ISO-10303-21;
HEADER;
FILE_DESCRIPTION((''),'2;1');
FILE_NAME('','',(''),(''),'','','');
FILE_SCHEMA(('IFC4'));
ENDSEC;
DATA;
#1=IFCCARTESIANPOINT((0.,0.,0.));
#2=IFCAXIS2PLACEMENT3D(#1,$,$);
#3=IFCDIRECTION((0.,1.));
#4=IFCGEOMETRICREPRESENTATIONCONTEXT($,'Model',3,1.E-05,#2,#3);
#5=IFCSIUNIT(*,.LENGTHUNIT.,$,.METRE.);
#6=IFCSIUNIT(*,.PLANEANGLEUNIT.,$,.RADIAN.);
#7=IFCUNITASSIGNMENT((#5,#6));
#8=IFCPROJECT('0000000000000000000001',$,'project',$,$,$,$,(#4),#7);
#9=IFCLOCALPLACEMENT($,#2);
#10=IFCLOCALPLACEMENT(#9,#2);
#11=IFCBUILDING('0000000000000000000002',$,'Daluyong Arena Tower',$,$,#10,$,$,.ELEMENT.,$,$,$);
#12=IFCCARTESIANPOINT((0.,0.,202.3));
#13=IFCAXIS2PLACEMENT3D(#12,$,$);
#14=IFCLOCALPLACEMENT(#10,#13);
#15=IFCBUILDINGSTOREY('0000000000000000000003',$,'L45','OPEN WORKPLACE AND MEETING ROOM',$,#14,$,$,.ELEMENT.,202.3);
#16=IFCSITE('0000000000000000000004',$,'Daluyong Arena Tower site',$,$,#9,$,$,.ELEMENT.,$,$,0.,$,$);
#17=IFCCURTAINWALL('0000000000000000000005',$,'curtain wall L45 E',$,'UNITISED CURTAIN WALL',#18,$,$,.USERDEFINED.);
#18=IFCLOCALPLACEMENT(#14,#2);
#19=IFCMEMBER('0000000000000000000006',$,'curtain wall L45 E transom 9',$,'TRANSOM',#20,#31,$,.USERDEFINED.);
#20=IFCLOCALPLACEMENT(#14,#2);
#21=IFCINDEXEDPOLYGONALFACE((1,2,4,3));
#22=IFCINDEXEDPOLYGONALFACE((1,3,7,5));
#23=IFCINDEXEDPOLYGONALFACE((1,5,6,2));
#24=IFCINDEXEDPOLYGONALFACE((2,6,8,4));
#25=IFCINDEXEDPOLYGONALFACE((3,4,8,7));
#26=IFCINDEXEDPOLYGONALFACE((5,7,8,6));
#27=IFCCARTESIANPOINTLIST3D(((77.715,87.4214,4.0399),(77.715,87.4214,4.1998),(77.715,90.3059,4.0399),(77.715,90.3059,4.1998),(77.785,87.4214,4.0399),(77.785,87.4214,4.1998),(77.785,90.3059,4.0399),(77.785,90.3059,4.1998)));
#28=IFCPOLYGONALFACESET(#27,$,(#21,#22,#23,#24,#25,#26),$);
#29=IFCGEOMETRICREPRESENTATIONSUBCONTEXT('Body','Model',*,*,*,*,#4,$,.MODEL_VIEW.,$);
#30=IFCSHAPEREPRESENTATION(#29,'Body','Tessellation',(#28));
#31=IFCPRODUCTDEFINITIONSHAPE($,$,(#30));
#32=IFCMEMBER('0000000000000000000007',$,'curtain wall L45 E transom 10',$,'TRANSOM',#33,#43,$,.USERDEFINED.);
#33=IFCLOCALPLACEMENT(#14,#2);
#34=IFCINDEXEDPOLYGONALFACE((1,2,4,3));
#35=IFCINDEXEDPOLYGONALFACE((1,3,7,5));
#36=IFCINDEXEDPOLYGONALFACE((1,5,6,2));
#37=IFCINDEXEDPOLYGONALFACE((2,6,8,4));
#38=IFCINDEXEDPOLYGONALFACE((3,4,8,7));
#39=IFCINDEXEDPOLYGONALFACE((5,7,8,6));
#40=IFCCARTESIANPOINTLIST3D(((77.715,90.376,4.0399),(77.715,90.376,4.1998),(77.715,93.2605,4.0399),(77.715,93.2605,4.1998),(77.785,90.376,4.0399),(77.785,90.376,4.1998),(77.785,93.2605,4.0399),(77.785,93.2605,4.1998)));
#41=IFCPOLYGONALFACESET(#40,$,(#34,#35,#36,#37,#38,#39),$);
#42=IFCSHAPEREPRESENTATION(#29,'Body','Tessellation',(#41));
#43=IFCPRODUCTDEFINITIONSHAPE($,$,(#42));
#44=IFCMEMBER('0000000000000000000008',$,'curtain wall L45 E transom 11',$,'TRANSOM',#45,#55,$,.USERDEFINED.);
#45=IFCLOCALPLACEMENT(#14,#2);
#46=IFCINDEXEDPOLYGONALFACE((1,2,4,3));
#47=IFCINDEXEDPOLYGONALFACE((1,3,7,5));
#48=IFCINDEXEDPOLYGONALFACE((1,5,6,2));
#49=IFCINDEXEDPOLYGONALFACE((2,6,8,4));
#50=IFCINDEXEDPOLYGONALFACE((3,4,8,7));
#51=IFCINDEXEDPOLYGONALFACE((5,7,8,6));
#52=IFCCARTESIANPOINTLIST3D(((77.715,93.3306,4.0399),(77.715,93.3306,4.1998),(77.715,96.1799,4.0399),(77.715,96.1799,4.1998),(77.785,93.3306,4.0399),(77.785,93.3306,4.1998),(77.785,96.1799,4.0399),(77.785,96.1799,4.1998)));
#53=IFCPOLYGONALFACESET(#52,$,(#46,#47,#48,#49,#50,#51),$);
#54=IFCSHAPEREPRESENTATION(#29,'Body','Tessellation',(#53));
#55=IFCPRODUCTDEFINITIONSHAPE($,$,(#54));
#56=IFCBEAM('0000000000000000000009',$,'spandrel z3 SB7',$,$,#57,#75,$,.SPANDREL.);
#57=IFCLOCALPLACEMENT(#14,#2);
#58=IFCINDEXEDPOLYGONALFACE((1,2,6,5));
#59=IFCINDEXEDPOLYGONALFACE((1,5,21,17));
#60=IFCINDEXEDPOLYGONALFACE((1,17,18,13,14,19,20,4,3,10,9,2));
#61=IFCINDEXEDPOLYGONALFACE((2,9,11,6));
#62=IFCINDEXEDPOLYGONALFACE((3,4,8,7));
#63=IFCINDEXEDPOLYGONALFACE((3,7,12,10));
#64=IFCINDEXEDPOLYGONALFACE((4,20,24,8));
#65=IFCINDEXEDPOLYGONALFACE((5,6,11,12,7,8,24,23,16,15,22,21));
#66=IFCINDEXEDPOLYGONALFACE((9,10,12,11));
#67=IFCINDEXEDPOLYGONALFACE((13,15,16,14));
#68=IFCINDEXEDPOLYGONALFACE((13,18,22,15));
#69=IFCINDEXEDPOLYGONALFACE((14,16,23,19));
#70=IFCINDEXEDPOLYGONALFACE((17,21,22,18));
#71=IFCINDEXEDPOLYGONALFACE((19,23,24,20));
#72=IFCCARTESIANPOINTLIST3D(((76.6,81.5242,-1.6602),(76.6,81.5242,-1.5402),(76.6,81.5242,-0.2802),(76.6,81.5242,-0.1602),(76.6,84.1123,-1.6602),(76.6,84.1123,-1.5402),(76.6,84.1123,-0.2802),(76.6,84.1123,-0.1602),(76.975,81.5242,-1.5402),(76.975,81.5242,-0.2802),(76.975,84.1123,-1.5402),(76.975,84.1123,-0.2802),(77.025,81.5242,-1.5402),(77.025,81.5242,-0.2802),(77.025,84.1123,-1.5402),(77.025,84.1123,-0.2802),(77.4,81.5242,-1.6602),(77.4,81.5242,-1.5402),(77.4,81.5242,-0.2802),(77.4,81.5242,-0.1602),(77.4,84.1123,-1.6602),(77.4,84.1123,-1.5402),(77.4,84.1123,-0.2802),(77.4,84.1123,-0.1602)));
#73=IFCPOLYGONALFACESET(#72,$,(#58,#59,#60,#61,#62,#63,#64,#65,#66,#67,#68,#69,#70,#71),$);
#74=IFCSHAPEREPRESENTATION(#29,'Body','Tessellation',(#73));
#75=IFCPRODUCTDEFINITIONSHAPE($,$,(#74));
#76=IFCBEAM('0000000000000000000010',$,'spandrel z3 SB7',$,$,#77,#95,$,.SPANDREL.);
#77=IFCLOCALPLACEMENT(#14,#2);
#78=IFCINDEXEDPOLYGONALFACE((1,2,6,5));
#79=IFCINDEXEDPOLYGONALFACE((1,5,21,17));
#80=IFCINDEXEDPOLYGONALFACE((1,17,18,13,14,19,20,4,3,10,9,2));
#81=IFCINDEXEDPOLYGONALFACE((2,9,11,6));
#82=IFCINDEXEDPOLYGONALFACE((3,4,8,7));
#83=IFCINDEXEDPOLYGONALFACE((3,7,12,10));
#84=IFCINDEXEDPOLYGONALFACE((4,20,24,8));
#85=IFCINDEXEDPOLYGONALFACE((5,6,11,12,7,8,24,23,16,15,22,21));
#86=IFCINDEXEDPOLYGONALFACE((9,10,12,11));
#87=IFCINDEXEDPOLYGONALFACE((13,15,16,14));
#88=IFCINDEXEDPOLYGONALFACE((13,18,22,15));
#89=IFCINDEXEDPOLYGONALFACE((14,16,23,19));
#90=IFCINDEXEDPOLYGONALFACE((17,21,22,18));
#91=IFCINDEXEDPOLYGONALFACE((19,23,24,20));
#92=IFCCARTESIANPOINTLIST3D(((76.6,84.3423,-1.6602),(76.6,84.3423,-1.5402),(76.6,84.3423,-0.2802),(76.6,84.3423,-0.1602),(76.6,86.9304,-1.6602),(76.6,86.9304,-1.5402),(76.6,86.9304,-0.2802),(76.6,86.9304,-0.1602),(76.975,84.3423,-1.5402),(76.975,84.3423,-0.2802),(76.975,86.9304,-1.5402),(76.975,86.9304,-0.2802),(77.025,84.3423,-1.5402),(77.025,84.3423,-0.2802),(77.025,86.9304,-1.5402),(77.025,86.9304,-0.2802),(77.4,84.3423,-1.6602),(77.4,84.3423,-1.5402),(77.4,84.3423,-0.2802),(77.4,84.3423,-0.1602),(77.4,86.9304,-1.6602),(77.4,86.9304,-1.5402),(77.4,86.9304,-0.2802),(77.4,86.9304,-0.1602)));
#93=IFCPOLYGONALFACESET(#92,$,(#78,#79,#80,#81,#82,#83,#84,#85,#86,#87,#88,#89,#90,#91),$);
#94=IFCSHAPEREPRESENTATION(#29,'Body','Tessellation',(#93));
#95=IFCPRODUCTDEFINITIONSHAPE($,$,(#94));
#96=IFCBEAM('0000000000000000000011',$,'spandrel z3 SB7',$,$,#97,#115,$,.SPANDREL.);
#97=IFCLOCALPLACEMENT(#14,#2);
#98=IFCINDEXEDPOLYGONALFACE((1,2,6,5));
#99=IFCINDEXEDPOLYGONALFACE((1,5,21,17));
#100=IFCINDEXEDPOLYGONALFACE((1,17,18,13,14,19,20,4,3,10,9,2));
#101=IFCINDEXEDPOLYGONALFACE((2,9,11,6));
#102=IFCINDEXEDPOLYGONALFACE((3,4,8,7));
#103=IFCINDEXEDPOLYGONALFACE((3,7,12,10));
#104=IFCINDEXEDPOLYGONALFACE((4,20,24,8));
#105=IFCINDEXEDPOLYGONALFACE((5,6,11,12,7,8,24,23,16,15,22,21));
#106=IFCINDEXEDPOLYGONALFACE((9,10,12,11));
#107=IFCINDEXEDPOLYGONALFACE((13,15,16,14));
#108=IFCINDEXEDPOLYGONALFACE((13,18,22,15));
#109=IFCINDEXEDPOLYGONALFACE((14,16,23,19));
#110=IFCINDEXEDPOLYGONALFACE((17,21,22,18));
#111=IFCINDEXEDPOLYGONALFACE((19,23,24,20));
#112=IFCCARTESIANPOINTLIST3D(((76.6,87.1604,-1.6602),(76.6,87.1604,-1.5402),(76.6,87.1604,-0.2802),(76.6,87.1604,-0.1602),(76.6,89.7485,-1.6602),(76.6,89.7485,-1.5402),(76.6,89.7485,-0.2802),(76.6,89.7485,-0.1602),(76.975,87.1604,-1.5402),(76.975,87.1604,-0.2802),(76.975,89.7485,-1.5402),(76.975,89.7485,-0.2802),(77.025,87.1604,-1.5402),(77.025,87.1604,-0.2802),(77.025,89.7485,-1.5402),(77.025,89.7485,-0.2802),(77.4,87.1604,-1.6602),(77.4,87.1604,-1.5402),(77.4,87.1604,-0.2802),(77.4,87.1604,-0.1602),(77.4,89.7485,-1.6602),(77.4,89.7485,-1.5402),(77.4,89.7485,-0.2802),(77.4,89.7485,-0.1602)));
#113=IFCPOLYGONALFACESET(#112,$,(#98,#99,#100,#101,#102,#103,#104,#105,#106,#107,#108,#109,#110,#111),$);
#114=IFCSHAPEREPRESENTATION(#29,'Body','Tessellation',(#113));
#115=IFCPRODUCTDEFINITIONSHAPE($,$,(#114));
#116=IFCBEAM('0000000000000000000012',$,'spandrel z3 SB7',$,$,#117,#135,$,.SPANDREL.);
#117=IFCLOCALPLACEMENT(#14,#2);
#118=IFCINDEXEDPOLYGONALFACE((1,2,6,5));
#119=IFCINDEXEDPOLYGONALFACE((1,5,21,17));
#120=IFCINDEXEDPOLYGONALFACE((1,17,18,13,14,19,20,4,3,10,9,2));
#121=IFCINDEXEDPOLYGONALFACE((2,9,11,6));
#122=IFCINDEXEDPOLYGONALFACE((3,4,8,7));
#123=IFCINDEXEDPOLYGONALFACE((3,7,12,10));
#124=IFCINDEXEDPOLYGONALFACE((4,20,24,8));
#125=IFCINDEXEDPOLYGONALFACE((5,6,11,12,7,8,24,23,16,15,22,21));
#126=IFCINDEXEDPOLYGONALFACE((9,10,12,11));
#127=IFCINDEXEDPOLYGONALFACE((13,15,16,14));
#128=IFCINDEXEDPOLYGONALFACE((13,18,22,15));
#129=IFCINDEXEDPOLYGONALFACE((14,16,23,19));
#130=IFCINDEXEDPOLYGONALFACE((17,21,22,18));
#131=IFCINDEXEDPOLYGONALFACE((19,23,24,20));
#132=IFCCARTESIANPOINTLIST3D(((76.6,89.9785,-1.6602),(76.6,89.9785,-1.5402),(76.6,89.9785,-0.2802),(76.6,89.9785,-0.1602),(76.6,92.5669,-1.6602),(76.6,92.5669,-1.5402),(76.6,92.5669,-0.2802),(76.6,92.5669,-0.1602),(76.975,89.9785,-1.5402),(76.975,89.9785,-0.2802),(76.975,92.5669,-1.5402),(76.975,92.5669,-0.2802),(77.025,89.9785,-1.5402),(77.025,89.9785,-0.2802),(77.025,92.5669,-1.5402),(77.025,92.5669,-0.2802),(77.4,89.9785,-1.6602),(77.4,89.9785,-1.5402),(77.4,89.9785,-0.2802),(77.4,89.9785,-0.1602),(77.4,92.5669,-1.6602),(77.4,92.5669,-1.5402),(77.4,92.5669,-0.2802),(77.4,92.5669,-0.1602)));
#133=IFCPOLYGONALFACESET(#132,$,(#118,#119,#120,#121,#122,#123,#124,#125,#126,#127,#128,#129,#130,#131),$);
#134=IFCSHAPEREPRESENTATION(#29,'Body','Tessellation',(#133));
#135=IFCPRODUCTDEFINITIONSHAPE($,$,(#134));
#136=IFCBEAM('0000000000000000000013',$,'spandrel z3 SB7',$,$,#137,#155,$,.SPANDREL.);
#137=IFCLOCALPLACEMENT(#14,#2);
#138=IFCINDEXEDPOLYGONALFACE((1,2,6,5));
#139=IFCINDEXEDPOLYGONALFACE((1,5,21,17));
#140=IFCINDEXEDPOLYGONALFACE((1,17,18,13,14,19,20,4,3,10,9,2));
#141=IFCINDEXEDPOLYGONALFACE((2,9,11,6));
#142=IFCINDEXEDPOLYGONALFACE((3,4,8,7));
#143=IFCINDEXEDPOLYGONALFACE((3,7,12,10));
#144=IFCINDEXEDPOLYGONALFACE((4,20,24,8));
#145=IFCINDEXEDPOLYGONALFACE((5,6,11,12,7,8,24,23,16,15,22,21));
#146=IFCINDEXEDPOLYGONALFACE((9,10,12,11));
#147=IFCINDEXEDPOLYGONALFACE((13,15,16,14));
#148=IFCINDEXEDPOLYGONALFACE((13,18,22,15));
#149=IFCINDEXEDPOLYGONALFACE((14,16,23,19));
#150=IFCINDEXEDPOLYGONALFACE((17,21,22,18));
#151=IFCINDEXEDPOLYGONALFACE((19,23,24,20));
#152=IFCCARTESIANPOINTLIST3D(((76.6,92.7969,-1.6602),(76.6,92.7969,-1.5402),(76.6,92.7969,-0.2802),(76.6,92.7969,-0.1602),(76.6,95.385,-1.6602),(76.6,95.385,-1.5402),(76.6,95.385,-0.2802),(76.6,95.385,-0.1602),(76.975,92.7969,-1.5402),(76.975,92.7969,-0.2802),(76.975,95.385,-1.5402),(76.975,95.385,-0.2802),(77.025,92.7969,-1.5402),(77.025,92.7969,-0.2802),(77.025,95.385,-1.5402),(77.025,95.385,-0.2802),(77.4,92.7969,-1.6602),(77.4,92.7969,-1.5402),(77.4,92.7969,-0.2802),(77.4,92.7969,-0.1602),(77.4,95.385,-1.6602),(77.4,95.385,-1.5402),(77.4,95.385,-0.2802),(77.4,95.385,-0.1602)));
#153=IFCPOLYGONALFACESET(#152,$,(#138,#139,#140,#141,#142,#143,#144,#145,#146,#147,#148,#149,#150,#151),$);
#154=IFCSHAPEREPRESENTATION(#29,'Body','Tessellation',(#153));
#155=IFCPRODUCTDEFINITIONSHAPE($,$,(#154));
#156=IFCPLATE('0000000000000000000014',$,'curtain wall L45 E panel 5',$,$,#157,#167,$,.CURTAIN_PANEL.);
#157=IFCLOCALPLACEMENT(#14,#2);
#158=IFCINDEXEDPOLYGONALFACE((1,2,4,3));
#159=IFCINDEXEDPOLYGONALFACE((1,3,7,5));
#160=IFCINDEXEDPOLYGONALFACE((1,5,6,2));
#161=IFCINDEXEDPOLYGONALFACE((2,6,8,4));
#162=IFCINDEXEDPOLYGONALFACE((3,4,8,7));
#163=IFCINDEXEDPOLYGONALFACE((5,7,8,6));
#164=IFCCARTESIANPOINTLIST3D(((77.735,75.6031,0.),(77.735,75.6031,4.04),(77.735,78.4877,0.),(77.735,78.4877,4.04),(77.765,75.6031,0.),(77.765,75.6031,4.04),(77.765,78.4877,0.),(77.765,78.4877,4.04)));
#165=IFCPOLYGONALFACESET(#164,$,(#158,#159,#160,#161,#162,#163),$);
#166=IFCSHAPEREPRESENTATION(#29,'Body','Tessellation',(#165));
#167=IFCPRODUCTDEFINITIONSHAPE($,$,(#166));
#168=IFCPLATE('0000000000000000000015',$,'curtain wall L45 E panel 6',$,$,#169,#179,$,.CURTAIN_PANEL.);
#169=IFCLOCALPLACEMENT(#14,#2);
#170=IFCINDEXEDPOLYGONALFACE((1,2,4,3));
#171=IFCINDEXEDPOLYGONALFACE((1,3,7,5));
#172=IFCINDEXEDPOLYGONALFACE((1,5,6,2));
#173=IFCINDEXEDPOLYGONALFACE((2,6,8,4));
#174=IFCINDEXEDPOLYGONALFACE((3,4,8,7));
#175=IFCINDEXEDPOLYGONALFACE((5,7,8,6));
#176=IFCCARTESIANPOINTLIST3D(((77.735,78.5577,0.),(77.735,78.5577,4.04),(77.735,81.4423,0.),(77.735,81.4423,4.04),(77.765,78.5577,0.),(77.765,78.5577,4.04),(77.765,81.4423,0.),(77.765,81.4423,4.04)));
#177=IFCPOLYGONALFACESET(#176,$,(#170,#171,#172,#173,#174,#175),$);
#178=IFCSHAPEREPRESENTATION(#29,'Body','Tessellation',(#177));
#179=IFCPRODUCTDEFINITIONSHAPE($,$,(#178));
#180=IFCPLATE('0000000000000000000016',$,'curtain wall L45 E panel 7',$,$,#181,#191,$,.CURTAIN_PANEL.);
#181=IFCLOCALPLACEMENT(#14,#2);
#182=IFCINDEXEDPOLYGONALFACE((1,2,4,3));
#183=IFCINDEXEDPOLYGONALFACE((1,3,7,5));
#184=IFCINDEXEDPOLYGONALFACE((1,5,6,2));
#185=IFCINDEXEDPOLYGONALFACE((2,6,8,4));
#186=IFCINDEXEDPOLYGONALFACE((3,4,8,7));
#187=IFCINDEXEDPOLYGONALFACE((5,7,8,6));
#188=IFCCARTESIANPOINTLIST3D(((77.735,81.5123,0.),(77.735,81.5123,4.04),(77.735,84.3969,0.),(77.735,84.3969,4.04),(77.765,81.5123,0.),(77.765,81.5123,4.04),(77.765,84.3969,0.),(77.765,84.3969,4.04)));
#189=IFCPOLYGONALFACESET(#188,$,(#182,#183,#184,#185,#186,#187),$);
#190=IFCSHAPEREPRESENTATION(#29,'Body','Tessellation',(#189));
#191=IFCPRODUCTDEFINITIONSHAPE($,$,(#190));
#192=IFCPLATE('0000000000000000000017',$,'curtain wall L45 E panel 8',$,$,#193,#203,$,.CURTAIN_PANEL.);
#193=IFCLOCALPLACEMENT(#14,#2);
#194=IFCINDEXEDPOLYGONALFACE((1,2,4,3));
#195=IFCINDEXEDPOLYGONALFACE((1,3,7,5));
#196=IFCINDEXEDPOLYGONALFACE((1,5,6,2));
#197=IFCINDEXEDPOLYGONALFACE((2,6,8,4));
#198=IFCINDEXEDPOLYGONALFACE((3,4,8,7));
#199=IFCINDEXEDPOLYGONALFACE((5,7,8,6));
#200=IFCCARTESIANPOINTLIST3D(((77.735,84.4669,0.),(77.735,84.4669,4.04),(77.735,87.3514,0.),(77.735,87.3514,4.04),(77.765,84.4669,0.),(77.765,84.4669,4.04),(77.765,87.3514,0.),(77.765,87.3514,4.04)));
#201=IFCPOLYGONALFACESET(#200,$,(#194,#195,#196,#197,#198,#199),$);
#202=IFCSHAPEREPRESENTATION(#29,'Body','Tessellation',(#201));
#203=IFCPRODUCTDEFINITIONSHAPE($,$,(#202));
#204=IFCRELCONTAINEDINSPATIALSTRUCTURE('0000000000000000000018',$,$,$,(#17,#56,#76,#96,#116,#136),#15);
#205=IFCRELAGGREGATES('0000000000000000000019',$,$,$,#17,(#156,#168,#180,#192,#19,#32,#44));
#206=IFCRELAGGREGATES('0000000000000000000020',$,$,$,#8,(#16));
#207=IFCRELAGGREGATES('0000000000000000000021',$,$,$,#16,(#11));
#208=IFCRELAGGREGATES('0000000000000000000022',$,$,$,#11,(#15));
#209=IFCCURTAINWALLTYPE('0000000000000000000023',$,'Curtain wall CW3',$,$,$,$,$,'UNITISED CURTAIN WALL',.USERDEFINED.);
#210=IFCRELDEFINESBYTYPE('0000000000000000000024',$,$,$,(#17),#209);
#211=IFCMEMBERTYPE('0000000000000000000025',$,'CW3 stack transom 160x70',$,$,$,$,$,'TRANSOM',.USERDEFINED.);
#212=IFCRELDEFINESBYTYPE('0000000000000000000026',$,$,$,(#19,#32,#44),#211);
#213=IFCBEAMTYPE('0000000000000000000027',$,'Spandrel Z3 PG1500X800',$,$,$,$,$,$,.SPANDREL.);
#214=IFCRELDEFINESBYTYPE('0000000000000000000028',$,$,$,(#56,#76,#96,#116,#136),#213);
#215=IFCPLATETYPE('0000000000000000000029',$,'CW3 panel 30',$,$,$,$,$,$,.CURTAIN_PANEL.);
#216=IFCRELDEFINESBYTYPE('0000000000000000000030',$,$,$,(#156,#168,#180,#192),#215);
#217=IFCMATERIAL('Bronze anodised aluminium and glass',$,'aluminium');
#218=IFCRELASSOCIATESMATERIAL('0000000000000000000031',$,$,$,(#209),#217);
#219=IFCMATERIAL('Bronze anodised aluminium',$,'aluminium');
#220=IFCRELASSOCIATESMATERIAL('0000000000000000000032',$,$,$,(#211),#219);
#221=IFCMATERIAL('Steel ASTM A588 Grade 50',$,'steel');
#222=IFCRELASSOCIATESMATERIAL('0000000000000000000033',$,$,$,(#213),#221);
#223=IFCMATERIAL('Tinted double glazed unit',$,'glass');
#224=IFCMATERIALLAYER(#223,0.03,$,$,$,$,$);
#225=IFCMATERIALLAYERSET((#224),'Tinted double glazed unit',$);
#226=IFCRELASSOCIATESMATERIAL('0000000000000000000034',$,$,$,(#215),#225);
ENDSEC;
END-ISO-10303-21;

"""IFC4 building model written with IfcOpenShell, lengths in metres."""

from ifc_helpers import new_model, si_unit, direction, frame, origin, origin_2d, place, context, subcontext, project, spatial, rectangle, i_section, extrude, material, layer, layer_set, material_profile, profile_set, type_object, element, aggregate, save


model = new_model("IFC4")

# Units and contexts
model_context = context("Model", 3, precision=1e-05, world=origin(), true_north=direction((0.0, 1.0)))
body_context = subcontext(model_context, "Body", "Model", "MODEL_VIEW")
ifc_project = project(units=[si_unit("LENGTHUNIT", "METRE"), si_unit("PLANEANGLEUNIT", "RADIAN")], contexts=[model_context])

# Site, building, storey
site_placement = place(None, origin())
site = spatial("IfcSite", under=ifc_project, at=site_placement, Name="Daluyong Arena Tower site", CompositionType="ELEMENT", RefElevation=0.0)
building_placement = place(site_placement, origin())
building = spatial("IfcBuilding", under=site, at=building_placement, Name="Daluyong Arena Tower", CompositionType="ELEMENT")
storey_placement = place(building_placement, frame((0.0, 0.0, 202.3)))
storey = spatial("IfcBuildingStorey", under=building, at=storey_placement, Name="L45", Description="OPEN WORKPLACE AND MEETING ROOM", CompositionType="ELEMENT", Elevation=202.3)

# Curtain wall, members
ifc_material_1 = material(Name="Bronze anodised aluminium and glass", Category="aluminium")
curtain_wall_type = type_object("IfcCurtainWallType", Name="Curtain wall CW3", ElementType="UNITISED CURTAIN WALL", PredefinedType="USERDEFINED", material=ifc_material_1)
curtain_wall_placement = place(storey_placement, origin())
curtain_wall = element("IfcCurtainWall", 1, at=curtain_wall_placement, inside=storey, type_object=curtain_wall_type, Name="curtain wall L45 E", ObjectType="UNITISED CURTAIN WALL", PredefinedType="USERDEFINED")
ifc_material_2 = material(Name="Bronze anodised aluminium", Category="aluminium")
ifc_material_profile_1 = material_profile(ifc_material_2, rectangle(XDim=0.0701, YDim=0.1599, at=origin_2d()))
ifc_profile_set_1 = profile_set([ifc_material_profile_1], Name="Bronze anodised aluminium")
member_type_1 = type_object("IfcMemberType", Name="CW3 stack transom 160x70", ElementType="TRANSOM", PredefinedType="USERDEFINED", material=ifc_profile_set_1)
member_1_placement = place(storey_placement, frame((77.75, 87.4214, 4.1199), z_axis=(0.0, 1.0, 0.0), x_axis=(-1.0, 0.0, 0.0)))
member_1 = element("IfcMember", 2, at=member_1_placement, type_object=member_type_1, Name="curtain wall L45 E transom 9", ObjectType="TRANSOM", PredefinedType="USERDEFINED", context=body_context, shape_type="SweptSolid", body=[
    extrude(rectangle(XDim=0.0701, YDim=0.1599, at=origin_2d()), origin(), (0.0, 0.0, 1.0), 2.8845),
])
member_2_placement = place(storey_placement, frame((77.75, 90.376, 4.1199), z_axis=(0.0, 1.0, 0.0), x_axis=(-1.0, 0.0, 0.0)))
member_2 = element("IfcMember", 3, at=member_2_placement, type_object=member_type_1, Name="curtain wall L45 E transom 10", ObjectType="TRANSOM", PredefinedType="USERDEFINED", context=body_context, shape_type="SweptSolid", body=[
    extrude(rectangle(XDim=0.0701, YDim=0.1599, at=origin_2d()), origin(), (0.0, 0.0, 1.0), 2.8845),
])
member_3_placement = place(storey_placement, frame((77.75, 93.3306, 4.1199), z_axis=(0.0, 1.0, 0.0), x_axis=(-1.0, 0.0, 0.0)))
member_3 = element("IfcMember", 4, at=member_3_placement, type_object=member_type_1, Name="curtain wall L45 E transom 11", ObjectType="TRANSOM", PredefinedType="USERDEFINED", context=body_context, shape_type="SweptSolid", body=[
    extrude(rectangle(XDim=0.0701, YDim=0.1599, at=origin_2d()), origin(), (0.0, 0.0, 1.0), 2.8494),
])

# Beams
ifc_material_3 = material(Name="Steel ASTM A588 Grade 50", Category="steel")
ifc_material_profile_2 = material_profile(ifc_material_3, i_section(OverallWidth=0.8, OverallDepth=1.5, WebThickness=0.05, FlangeThickness=0.12, at=origin_2d()))
ifc_profile_set_2 = profile_set([ifc_material_profile_2], Name="Steel ASTM A588 Grade 50")
beam_type = type_object("IfcBeamType", Name="Spandrel Z3 PG1500X800", PredefinedType="SPANDREL", material=ifc_profile_set_2)
for number, where, z_axis, x_axis, name in (
    (5, (77.0, 81.5242, -0.9102), (0.0, 1.0, 0.0), (-1.0, 0.0, 0.0), "spandrel z3 SB7"),
    (6, (77.0, 84.3423, -0.9102), (0.0, 1.0, 0.0), (-1.0, 0.0, 0.0), "spandrel z3 SB7"),
    (7, (77.0, 87.1604, -0.9102), (0.0, 1.0, 0.0), (-1.0, 0.0, 0.0), "spandrel z3 SB7"),
):
    element("IfcBeam", number, at=place(storey_placement, frame(where, z_axis=z_axis, x_axis=x_axis)), inside=storey, type_object=beam_type, Name=name, PredefinedType="SPANDREL", context=body_context, shape_type="SweptSolid", body=[
        extrude(i_section(OverallWidth=0.8, OverallDepth=1.5, WebThickness=0.05, FlangeThickness=0.12, at=origin_2d()), origin(), (0.0, 0.0, 1.0), 2.5881),
    ])
beam_1_placement = place(storey_placement, frame((77.0, 89.9785, -0.9102), z_axis=(0.0, 1.0, 0.0), x_axis=(-1.0, 0.0, 0.0)))
element("IfcBeam", 8, at=beam_1_placement, inside=storey, type_object=beam_type, Name="spandrel z3 SB7", PredefinedType="SPANDREL", context=body_context, shape_type="SweptSolid", body=[
    extrude(i_section(OverallWidth=0.8, OverallDepth=1.5, WebThickness=0.05, FlangeThickness=0.12, at=origin_2d()), origin(), (0.0, 0.0, 1.0), 2.5884),
])
beam_2_placement = place(storey_placement, frame((77.0, 92.7969, -0.9102), z_axis=(0.0, 1.0, 0.0), x_axis=(-1.0, 0.0, 0.0)))
element("IfcBeam", 9, at=beam_2_placement, inside=storey, type_object=beam_type, Name="spandrel z3 SB7", PredefinedType="SPANDREL", context=body_context, shape_type="SweptSolid", body=[
    extrude(i_section(OverallWidth=0.8, OverallDepth=1.5, WebThickness=0.05, FlangeThickness=0.12, at=origin_2d()), origin(), (0.0, 0.0, 1.0), 2.5881),
])

# Plates
ifc_material_4 = material(Name="Tinted double glazed unit", Category="glass")
ifc_layer = layer(ifc_material_4, 0.03)
ifc_layer_set = layer_set([ifc_layer], Name="Tinted double glazed unit")
plate_type = type_object("IfcPlateType", Name="CW3 panel 30", PredefinedType="CURTAIN_PANEL", material=ifc_layer_set)
plate_1_placement = place(storey_placement, frame((77.75, 77.0454, 0.0), z_axis=(0.0, 0.0, 1.0), x_axis=(0.0, 1.0, 0.0)))
plate_1 = element("IfcPlate", 10, at=plate_1_placement, type_object=plate_type, Name="curtain wall L45 E panel 5", PredefinedType="CURTAIN_PANEL", context=body_context, shape_type="SweptSolid", body=[
    extrude(rectangle(XDim=2.8845, YDim=0.03, at=origin_2d()), origin(), (0.0, 0.0, 1.0), 4.04),
])
plate_2_placement = place(storey_placement, frame((77.75, 80.0, 0.0), z_axis=(0.0, 0.0, 1.0), x_axis=(0.0, 1.0, 0.0)))
plate_2 = element("IfcPlate", 11, at=plate_2_placement, type_object=plate_type, Name="curtain wall L45 E panel 6", PredefinedType="CURTAIN_PANEL", context=body_context, shape_type="SweptSolid", body=[
    extrude(rectangle(XDim=2.8845, YDim=0.03, at=origin_2d()), origin(), (0.0, 0.0, 1.0), 4.04),
])
plate_3_placement = place(storey_placement, frame((77.75, 82.9546, 0.0), z_axis=(0.0, 0.0, 1.0), x_axis=(0.0, 1.0, 0.0)))
plate_3 = element("IfcPlate", 12, at=plate_3_placement, type_object=plate_type, Name="curtain wall L45 E panel 7", PredefinedType="CURTAIN_PANEL", context=body_context, shape_type="SweptSolid", body=[
    extrude(rectangle(XDim=2.8845, YDim=0.03, at=origin_2d()), origin(), (0.0, 0.0, 1.0), 4.04),
])
plate_4_placement = place(storey_placement, frame((77.75, 85.9092, 0.0), z_axis=(0.0, 0.0, 1.0), x_axis=(0.0, 1.0, 0.0)))
plate_4 = element("IfcPlate", 13, at=plate_4_placement, type_object=plate_type, Name="curtain wall L45 E panel 8", PredefinedType="CURTAIN_PANEL", context=body_context, shape_type="SweptSolid", body=[
    extrude(rectangle(XDim=2.8845, YDim=0.03, at=origin_2d()), origin(), (0.0, 0.0, 1.0), 4.04),
])
aggregate(curtain_wall, [plate_1, plate_2, plate_3, plate_4, member_1, member_2, member_3])

save(model, "model.ifc")
